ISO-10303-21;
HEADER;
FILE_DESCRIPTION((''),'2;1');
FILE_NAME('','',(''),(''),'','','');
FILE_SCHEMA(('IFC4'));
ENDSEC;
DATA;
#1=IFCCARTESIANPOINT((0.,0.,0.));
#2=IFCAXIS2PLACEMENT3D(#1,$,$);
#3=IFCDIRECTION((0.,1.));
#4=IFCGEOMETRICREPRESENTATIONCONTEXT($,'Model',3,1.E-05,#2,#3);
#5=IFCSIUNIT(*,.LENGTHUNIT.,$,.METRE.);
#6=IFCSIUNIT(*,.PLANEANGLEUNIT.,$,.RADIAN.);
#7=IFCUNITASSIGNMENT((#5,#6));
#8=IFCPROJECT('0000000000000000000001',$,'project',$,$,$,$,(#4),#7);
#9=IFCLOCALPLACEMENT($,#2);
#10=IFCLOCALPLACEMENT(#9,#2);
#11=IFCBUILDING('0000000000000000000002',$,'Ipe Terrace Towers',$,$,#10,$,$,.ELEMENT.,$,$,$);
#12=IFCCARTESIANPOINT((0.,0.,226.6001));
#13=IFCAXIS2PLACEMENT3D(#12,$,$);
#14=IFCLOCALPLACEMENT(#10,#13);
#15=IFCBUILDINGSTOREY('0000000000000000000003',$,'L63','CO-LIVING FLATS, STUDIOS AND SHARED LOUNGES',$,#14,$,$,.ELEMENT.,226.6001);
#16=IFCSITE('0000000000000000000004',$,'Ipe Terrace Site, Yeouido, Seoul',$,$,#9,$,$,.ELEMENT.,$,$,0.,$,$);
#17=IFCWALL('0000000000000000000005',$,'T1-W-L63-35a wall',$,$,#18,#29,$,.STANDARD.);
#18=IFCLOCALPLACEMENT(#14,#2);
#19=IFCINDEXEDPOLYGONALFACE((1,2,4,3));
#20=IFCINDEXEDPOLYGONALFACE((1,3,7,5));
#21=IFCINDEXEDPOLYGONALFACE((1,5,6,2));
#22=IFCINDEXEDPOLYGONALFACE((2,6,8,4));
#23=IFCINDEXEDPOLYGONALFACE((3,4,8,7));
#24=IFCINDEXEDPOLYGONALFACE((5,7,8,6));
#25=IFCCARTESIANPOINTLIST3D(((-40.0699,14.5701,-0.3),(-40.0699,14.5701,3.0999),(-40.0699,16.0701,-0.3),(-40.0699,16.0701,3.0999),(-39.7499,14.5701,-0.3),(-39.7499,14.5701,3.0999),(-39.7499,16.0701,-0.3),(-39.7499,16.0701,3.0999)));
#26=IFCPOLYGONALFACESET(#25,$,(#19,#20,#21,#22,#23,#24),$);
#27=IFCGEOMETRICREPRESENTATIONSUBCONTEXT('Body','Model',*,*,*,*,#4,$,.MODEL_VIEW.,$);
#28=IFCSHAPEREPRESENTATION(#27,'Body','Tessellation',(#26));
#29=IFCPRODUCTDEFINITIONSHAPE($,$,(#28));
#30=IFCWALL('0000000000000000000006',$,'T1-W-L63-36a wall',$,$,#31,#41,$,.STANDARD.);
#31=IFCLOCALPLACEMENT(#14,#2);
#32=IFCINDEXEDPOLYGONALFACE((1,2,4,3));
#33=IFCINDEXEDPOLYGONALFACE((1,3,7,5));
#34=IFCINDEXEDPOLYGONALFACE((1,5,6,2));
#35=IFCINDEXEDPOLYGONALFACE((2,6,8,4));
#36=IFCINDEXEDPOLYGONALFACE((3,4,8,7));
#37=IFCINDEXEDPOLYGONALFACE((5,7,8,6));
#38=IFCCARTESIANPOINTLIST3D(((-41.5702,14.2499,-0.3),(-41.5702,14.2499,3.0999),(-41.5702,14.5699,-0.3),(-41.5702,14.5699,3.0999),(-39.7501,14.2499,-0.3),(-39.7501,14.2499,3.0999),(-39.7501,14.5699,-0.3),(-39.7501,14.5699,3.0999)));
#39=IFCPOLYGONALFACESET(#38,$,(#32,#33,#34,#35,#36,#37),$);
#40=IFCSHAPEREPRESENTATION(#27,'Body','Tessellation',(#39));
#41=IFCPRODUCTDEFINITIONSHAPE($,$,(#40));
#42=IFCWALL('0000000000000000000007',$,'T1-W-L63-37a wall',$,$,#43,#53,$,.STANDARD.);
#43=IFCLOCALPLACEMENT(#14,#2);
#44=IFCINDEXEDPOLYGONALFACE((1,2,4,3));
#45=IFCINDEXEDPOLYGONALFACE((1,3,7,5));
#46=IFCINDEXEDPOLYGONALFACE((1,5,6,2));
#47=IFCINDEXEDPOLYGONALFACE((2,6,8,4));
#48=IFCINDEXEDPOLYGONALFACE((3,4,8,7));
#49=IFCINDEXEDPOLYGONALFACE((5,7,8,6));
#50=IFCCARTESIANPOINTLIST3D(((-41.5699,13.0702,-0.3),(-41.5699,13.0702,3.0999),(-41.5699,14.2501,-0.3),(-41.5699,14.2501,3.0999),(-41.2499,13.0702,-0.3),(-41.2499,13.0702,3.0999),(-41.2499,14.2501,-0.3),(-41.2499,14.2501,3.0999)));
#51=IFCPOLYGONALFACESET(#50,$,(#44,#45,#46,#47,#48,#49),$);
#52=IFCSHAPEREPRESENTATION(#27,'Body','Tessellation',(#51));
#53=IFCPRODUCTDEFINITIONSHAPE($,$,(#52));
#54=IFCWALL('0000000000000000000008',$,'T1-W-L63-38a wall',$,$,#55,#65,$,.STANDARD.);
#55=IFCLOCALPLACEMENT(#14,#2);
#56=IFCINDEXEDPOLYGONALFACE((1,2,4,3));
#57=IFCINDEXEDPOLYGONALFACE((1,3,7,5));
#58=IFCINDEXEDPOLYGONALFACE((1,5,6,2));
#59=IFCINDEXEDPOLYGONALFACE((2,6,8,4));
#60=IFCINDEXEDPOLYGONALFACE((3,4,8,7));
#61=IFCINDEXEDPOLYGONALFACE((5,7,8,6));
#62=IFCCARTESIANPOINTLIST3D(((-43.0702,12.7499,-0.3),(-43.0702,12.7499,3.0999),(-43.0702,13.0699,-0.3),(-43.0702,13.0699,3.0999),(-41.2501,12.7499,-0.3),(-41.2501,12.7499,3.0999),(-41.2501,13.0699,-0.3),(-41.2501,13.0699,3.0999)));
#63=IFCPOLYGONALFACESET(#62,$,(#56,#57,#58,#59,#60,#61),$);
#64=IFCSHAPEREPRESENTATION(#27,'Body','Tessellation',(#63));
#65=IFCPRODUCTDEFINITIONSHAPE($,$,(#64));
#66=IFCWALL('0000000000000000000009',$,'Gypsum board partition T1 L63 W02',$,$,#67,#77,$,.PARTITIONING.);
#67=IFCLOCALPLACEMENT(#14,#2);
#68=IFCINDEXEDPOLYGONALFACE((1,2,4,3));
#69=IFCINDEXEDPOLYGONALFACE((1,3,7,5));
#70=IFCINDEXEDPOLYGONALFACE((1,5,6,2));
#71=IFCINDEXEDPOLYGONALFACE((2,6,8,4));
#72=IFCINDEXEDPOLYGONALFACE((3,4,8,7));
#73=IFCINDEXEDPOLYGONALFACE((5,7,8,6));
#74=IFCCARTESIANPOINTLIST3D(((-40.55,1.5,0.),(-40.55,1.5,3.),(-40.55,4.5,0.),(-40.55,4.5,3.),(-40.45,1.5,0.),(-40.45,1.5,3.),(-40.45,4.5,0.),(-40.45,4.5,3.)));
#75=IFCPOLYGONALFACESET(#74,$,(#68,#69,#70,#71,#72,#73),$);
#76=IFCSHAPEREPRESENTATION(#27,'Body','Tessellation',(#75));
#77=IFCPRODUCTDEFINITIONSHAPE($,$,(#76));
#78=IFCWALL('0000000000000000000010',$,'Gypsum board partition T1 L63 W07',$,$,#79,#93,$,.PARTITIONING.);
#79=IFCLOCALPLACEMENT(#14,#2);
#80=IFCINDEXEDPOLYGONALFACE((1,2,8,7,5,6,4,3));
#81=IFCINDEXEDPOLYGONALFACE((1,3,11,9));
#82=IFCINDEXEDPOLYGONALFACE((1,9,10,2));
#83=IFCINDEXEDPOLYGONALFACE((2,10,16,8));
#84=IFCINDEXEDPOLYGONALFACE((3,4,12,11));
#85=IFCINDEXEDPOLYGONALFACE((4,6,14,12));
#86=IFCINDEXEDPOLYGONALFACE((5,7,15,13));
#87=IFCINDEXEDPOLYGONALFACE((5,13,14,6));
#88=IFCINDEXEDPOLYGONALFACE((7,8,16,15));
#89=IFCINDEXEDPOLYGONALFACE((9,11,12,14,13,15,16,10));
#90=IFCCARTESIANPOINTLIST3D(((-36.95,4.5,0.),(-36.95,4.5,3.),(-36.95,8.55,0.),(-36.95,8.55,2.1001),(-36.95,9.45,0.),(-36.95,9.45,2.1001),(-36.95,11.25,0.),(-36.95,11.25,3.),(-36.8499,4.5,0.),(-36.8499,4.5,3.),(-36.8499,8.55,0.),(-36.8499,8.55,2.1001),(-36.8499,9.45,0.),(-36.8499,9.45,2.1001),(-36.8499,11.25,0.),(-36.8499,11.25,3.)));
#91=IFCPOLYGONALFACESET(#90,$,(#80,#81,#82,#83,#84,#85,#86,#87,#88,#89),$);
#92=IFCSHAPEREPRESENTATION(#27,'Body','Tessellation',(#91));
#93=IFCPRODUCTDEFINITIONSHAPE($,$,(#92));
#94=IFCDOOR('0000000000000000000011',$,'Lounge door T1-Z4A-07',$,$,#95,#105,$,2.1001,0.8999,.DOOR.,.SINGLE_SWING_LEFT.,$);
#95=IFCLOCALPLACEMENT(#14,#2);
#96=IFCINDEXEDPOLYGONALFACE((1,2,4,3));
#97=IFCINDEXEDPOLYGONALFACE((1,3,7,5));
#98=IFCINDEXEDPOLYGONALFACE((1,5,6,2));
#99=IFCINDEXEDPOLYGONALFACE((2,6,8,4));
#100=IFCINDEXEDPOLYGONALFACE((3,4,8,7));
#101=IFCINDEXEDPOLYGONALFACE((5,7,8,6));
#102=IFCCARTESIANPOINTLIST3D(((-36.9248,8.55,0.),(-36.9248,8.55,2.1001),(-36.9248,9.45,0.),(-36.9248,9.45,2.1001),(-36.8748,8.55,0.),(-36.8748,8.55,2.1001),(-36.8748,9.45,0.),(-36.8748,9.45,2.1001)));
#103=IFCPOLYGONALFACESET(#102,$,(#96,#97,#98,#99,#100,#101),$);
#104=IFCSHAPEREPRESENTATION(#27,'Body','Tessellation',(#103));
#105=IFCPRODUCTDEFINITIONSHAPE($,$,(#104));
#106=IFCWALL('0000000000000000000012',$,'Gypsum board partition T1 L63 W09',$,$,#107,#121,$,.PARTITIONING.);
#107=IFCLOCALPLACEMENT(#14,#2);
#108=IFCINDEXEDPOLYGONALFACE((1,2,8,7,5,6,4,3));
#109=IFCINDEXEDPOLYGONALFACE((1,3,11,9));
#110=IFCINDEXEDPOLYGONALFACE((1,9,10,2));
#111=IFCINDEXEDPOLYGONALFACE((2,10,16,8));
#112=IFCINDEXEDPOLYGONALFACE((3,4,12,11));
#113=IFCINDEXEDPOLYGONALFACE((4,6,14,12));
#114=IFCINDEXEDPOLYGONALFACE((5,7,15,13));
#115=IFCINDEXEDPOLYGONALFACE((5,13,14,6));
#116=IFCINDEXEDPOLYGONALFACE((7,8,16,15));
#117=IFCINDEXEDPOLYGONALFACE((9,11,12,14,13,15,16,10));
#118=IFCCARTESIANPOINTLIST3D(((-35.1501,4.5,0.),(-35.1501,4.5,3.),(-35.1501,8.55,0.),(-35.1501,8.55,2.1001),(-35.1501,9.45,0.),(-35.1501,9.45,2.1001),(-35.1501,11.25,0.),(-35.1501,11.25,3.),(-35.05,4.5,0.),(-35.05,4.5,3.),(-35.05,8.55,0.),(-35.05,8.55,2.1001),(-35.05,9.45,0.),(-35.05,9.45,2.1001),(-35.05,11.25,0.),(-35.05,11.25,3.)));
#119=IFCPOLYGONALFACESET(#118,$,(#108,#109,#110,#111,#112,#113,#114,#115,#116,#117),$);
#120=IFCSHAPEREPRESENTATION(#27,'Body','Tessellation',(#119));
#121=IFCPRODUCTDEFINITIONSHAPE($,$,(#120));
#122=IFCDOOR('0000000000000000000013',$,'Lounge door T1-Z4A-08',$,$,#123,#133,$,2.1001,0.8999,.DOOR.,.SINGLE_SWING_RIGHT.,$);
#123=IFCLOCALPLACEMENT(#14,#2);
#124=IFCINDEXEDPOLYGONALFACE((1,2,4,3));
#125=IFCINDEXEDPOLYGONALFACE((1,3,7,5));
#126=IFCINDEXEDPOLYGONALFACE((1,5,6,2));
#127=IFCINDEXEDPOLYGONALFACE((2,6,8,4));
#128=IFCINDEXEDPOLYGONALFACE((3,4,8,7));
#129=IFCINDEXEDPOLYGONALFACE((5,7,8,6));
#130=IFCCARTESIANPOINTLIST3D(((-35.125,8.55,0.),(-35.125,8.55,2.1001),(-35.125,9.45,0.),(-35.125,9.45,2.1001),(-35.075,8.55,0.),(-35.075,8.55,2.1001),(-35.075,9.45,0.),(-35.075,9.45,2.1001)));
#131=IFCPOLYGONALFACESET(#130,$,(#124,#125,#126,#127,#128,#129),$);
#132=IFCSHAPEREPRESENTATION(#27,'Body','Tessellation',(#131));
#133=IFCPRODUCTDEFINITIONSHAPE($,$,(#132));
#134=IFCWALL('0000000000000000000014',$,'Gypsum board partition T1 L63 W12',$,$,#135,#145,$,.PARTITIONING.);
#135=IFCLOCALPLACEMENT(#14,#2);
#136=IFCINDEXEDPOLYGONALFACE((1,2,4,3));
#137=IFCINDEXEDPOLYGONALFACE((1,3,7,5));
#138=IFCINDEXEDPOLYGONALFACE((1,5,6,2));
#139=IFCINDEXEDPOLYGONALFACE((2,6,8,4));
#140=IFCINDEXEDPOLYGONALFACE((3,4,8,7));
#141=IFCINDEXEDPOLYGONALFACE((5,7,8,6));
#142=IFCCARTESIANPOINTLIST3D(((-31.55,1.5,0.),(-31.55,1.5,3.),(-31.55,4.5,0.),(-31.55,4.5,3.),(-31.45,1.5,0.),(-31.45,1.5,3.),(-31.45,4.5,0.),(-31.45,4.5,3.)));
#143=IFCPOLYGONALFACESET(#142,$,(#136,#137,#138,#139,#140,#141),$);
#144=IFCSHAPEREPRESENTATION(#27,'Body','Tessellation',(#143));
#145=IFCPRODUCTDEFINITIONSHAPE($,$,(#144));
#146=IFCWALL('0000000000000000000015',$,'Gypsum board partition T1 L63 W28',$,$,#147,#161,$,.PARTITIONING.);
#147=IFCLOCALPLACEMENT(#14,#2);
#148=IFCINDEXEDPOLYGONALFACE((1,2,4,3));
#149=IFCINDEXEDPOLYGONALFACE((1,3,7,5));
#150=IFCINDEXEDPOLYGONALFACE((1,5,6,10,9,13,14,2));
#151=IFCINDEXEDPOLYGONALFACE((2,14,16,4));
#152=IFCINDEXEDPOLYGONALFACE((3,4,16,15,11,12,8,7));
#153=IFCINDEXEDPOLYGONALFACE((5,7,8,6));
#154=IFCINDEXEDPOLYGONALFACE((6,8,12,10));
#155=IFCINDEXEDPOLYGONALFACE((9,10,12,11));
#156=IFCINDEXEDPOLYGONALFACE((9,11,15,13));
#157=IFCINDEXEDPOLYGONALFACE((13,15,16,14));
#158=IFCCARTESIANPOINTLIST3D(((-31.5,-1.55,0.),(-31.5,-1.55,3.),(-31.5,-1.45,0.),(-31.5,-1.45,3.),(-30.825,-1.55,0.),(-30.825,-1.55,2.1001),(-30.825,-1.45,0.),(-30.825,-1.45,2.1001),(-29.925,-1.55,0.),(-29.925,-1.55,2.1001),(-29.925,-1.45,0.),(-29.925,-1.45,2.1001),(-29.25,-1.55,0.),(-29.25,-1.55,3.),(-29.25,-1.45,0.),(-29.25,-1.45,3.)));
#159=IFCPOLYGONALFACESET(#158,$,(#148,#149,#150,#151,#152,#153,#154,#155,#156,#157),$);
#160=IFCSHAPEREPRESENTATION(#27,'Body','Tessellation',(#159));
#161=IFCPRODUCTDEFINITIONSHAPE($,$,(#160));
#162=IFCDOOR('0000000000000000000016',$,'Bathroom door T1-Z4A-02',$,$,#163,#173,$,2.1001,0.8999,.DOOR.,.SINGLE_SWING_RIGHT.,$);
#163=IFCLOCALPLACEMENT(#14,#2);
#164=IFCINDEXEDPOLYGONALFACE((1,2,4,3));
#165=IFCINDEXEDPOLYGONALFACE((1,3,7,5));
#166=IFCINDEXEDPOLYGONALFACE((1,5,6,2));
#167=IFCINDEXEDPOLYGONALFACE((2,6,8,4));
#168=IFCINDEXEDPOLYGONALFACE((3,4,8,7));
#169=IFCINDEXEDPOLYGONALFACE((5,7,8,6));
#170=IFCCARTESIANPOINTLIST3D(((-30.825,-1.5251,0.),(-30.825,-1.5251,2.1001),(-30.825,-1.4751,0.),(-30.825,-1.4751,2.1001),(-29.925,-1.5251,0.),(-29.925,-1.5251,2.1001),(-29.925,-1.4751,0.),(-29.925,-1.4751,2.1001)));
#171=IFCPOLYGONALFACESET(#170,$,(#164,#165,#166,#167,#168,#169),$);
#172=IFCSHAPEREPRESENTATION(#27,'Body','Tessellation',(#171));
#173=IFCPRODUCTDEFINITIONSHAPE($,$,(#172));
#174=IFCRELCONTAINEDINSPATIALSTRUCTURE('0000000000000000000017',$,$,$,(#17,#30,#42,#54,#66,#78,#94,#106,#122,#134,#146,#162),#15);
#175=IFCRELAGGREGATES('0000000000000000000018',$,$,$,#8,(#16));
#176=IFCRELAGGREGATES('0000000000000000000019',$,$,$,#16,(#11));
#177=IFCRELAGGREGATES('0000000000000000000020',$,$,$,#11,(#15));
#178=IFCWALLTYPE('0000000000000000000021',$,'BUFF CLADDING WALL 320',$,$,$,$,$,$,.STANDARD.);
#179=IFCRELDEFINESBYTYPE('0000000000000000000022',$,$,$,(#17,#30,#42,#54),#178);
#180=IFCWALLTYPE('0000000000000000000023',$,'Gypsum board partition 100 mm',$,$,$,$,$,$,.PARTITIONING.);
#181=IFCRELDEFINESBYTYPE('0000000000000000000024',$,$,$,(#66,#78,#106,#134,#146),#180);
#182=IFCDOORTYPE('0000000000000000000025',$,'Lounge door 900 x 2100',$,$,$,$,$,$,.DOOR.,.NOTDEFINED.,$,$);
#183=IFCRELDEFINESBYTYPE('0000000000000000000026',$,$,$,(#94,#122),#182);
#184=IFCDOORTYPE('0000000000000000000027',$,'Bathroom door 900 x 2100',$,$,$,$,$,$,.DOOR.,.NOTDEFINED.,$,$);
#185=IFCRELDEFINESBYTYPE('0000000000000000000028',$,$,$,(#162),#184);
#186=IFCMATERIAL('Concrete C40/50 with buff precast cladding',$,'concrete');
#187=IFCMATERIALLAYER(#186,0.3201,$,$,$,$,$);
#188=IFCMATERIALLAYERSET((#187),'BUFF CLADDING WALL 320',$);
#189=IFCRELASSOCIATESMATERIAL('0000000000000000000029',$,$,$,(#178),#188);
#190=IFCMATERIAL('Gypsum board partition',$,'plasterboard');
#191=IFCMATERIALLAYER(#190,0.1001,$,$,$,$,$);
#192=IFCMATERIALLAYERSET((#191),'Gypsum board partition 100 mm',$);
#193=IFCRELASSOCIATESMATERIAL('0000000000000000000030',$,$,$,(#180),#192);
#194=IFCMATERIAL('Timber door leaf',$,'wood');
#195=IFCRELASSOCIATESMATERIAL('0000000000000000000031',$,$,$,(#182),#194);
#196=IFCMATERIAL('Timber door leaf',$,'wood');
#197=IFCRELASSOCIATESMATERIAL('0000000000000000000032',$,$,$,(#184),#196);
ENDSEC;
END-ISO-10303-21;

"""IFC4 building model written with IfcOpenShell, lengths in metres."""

from ifc_helpers import new_model, si_unit, direction, frame, frame_2d, origin, place, context, subcontext, project, spatial, rectangle, extrude, material, layer, layer_set, type_object, element, fill, save


model = new_model("IFC4")

# Units and contexts
model_context = context("Model", 3, precision=1e-05, world=origin(), true_north=direction((0.0, 1.0)))
body_context = subcontext(model_context, "Body", "Model", "MODEL_VIEW")
ifc_project = project(units=[si_unit("LENGTHUNIT", "METRE"), si_unit("PLANEANGLEUNIT", "RADIAN")], contexts=[model_context])

# Site, building, storey
site_placement = place(None, origin())
site = spatial("IfcSite", under=ifc_project, at=site_placement, Name="Ipe Terrace Site, Yeouido, Seoul", CompositionType="ELEMENT", RefElevation=0.0)
building_placement = place(site_placement, origin())
building = spatial("IfcBuilding", under=site, at=building_placement, Name="Ipe Terrace Towers", CompositionType="ELEMENT")
storey_placement = place(building_placement, frame((0.0, 0.0, 226.6001)))
storey = spatial("IfcBuildingStorey", under=building, at=storey_placement, Name="L63", Description="CO-LIVING FLATS, STUDIOS AND SHARED LOUNGES", CompositionType="ELEMENT", Elevation=226.6001)

# Walls
ifc_material_1 = material(Name="Concrete C40/50 with buff precast cladding", Category="concrete")
ifc_layer_1 = layer(ifc_material_1, 0.3201)
ifc_layer_set_1 = layer_set([ifc_layer_1], Name="BUFF CLADDING WALL 320")
wall_type_1 = type_object("IfcWallType", Name="BUFF CLADDING WALL 320", PredefinedType="STANDARD", material=ifc_layer_set_1)
wall_1_placement = place(storey_placement, frame((-39.9099, 16.0701, -0.3), z_axis=(0.0, 0.0, 1.0), x_axis=(0.0, -1.0, 0.0)))
element("IfcWall", 1, at=wall_1_placement, inside=storey, type_object=wall_type_1, Name="T1-W-L63-35a wall", PredefinedType="STANDARD", context=body_context, shape_type="SweptSolid", body=[
    extrude(rectangle(XDim=1.5, YDim=0.3201, at=frame_2d((0.75, 0.0))), origin(), (0.0, 0.0, 1.0), 3.3999),
])
wall_2_placement = place(storey_placement, frame((-39.75, 14.4099, -0.3), z_axis=(0.0, 0.0, 1.0), x_axis=(-1.0, 0.0, 0.0)))
element("IfcWall", 2, at=wall_2_placement, inside=storey, type_object=wall_type_1, Name="T1-W-L63-36a wall", PredefinedType="STANDARD", context=body_context, shape_type="SweptSolid", body=[
    extrude(rectangle(XDim=1.8201, YDim=0.3201, at=frame_2d((0.9102, 0.0))), origin(), (0.0, 0.0, 1.0), 3.3999),
])
wall_3_placement = place(storey_placement, frame((-41.4099, 14.25, -0.3), z_axis=(0.0, 0.0, 1.0), x_axis=(0.0, -1.0, 0.0)))
element("IfcWall", 3, at=wall_3_placement, inside=storey, type_object=wall_type_1, Name="T1-W-L63-37a wall", PredefinedType="STANDARD", context=body_context, shape_type="SweptSolid", body=[
    extrude(rectangle(XDim=1.1799, YDim=0.3201, at=frame_2d((0.5898, 0.0))), origin(), (0.0, 0.0, 1.0), 3.3999),
])
wall_4_placement = place(storey_placement, frame((-41.25, 12.9099, -0.3), z_axis=(0.0, 0.0, 1.0), x_axis=(-1.0, 0.0, 0.0)))
element("IfcWall", 4, at=wall_4_placement, inside=storey, type_object=wall_type_1, Name="T1-W-L63-38a wall", PredefinedType="STANDARD", context=body_context, shape_type="SweptSolid", body=[
    extrude(rectangle(XDim=1.8201, YDim=0.3201, at=frame_2d((0.9102, 0.0))), origin(), (0.0, 0.0, 1.0), 3.3999),
])
ifc_material_2 = material(Name="Gypsum board partition", Category="plasterboard")
ifc_layer_2 = layer(ifc_material_2, 0.1001)
ifc_layer_set_2 = layer_set([ifc_layer_2], Name="Gypsum board partition 100 mm")
wall_type_2 = type_object("IfcWallType", Name="Gypsum board partition 100 mm", PredefinedType="PARTITIONING", material=ifc_layer_set_2)
wall_5_placement = place(storey_placement, frame((-40.5, 1.5, 0.0), z_axis=(0.0, 0.0, 1.0), x_axis=(0.0, 1.0, 0.0)))
element("IfcWall", 5, at=wall_5_placement, inside=storey, type_object=wall_type_2, Name="Gypsum board partition T1 L63 W02", PredefinedType="PARTITIONING", context=body_context, shape_type="SweptSolid", body=[
    extrude(rectangle(XDim=3.0, YDim=0.1001, at=frame_2d((1.5, 0.0))), origin(), (0.0, 0.0, 1.0), 3.0),
])

# Walls, openings, doors
wall_6_placement = place(storey_placement, frame((-36.8999, 4.5, 0.0), z_axis=(0.0, 0.0, 1.0), x_axis=(0.0, 1.0, 0.0)))
wall_6 = element("IfcWall", 6, at=wall_6_placement, inside=storey, type_object=wall_type_2, Name="Gypsum board partition T1 L63 W07", PredefinedType="PARTITIONING", context=body_context, shape_type="SweptSolid", body=[
    extrude(rectangle(XDim=6.75, YDim=0.1001, at=frame_2d((3.375, 0.0))), origin(), (0.0, 0.0, 1.0), 3.0),
])
opening_1_placement = place(wall_6_placement, frame((4.05, 0.0, 0.0)))
opening_1 = element("IfcOpeningElement", 7, at=opening_1_placement, cuts=wall_6, PredefinedType="OPENING", context=body_context, shape_type="SweptSolid", body=[
    extrude(rectangle(XDim=0.8999, YDim=2.1001, at=frame_2d((0.45, 1.05))), frame((0.0, 0.0601, 0.0), z_axis=(0.0, -1.0, 0.0), x_axis=(1.0, 0.0, 0.0)), (0.0, 0.0, 1.0), 0.1201),
])
ifc_material_3 = material(Name="Timber door leaf", Category="wood")
door_type_1 = type_object("IfcDoorType", Name="Lounge door 900 x 2100", OperationType="NOTDEFINED", PredefinedType="DOOR", material=ifc_material_3)
door_1_placement = place(opening_1_placement, origin())
door_1 = element("IfcDoor", 8, at=door_1_placement, inside=storey, type_object=door_type_1, Name="Lounge door T1-Z4A-07", OperationType="SINGLE_SWING_LEFT", OverallHeight=2.1001, OverallWidth=0.8999, PredefinedType="DOOR", context=body_context, shape_type="SweptSolid", body=[
    extrude(rectangle(XDim=0.8999, YDim=2.1001, at=frame_2d((0.45, 1.05))), frame((0.0, 0.0249, 0.0), z_axis=(0.0, -1.0, 0.0), x_axis=(1.0, 0.0, 0.0)), (0.0, 0.0, 1.0), 0.05),
])
fill(opening_1, door_1)
wall_7_placement = place(storey_placement, frame((-35.1001, 4.5, 0.0), z_axis=(0.0, 0.0, 1.0), x_axis=(0.0, 1.0, 0.0)))
wall_7 = element("IfcWall", 9, at=wall_7_placement, inside=storey, type_object=wall_type_2, Name="Gypsum board partition T1 L63 W09", PredefinedType="PARTITIONING", context=body_context, shape_type="SweptSolid", body=[
    extrude(rectangle(XDim=6.75, YDim=0.1001, at=frame_2d((3.375, 0.0))), origin(), (0.0, 0.0, 1.0), 3.0),
])
opening_2_placement = place(wall_7_placement, frame((4.05, 0.0, 0.0)))
opening_2 = element("IfcOpeningElement", 10, at=opening_2_placement, cuts=wall_7, PredefinedType="OPENING", context=body_context, shape_type="SweptSolid", body=[
    extrude(rectangle(XDim=0.8999, YDim=2.1001, at=frame_2d((0.45, 1.05))), frame((0.0, 0.0601, 0.0), z_axis=(0.0, -1.0, 0.0), x_axis=(1.0, 0.0, 0.0)), (0.0, 0.0, 1.0), 0.1201),
])
door_2_placement = place(opening_2_placement, origin())
door_2 = element("IfcDoor", 11, at=door_2_placement, inside=storey, type_object=door_type_1, Name="Lounge door T1-Z4A-08", OperationType="SINGLE_SWING_RIGHT", OverallHeight=2.1001, OverallWidth=0.8999, PredefinedType="DOOR", context=body_context, shape_type="SweptSolid", body=[
    extrude(rectangle(XDim=0.8999, YDim=2.1001, at=frame_2d((0.45, 1.05))), frame((0.0, 0.0249, 0.0), z_axis=(0.0, -1.0, 0.0), x_axis=(1.0, 0.0, 0.0)), (0.0, 0.0, 1.0), 0.05),
])
fill(opening_2, door_2)

# Wall
wall_8_placement = place(storey_placement, frame((-31.5, 1.5, 0.0), z_axis=(0.0, 0.0, 1.0), x_axis=(0.0, 1.0, 0.0)))
element("IfcWall", 12, at=wall_8_placement, inside=storey, type_object=wall_type_2, Name="Gypsum board partition T1 L63 W12", PredefinedType="PARTITIONING", context=body_context, shape_type="SweptSolid", body=[
    extrude(rectangle(XDim=3.0, YDim=0.1001, at=frame_2d((1.5, 0.0))), origin(), (0.0, 0.0, 1.0), 3.0),
])

# Wall, opening, door
wall_9_placement = place(storey_placement, frame((-31.5, -1.5, 0.0), z_axis=(0.0, 0.0, 1.0), x_axis=(1.0, 0.0, 0.0)))
wall_9 = element("IfcWall", 13, at=wall_9_placement, inside=storey, type_object=wall_type_2, Name="Gypsum board partition T1 L63 W28", PredefinedType="PARTITIONING", context=body_context, shape_type="SweptSolid", body=[
    extrude(rectangle(XDim=2.25, YDim=0.1001, at=frame_2d((1.125, 0.0))), origin(), (0.0, 0.0, 1.0), 3.0),
])
opening_3_placement = place(wall_9_placement, frame((0.675, 0.0, 0.0)))
opening_3 = element("IfcOpeningElement", 14, at=opening_3_placement, cuts=wall_9, PredefinedType="OPENING", context=body_context, shape_type="SweptSolid", body=[
    extrude(rectangle(XDim=0.8999, YDim=2.1001, at=frame_2d((0.45, 1.05))), frame((0.0, 0.0601, 0.0), z_axis=(0.0, -1.0, 0.0), x_axis=(1.0, 0.0, 0.0)), (0.0, 0.0, 1.0), 0.1201),
])
ifc_material_4 = material(Name="Timber door leaf", Category="wood")
door_type_2 = type_object("IfcDoorType", Name="Bathroom door 900 x 2100", OperationType="NOTDEFINED", PredefinedType="DOOR", material=ifc_material_4)
door_3_placement = place(opening_3_placement, origin())
door_3 = element("IfcDoor", 15, at=door_3_placement, inside=storey, type_object=door_type_2, Name="Bathroom door T1-Z4A-02", OperationType="SINGLE_SWING_RIGHT", OverallHeight=2.1001, OverallWidth=0.8999, PredefinedType="DOOR", context=body_context, shape_type="SweptSolid", body=[
    extrude(rectangle(XDim=0.8999, YDim=2.1001, at=frame_2d((0.45, 1.05))), frame((0.0, 0.0249, 0.0), z_axis=(0.0, -1.0, 0.0), x_axis=(1.0, 0.0, 0.0)), (0.0, 0.0, 1.0), 0.05),
])
fill(opening_3, door_3)

save(model, "model.ifc")
